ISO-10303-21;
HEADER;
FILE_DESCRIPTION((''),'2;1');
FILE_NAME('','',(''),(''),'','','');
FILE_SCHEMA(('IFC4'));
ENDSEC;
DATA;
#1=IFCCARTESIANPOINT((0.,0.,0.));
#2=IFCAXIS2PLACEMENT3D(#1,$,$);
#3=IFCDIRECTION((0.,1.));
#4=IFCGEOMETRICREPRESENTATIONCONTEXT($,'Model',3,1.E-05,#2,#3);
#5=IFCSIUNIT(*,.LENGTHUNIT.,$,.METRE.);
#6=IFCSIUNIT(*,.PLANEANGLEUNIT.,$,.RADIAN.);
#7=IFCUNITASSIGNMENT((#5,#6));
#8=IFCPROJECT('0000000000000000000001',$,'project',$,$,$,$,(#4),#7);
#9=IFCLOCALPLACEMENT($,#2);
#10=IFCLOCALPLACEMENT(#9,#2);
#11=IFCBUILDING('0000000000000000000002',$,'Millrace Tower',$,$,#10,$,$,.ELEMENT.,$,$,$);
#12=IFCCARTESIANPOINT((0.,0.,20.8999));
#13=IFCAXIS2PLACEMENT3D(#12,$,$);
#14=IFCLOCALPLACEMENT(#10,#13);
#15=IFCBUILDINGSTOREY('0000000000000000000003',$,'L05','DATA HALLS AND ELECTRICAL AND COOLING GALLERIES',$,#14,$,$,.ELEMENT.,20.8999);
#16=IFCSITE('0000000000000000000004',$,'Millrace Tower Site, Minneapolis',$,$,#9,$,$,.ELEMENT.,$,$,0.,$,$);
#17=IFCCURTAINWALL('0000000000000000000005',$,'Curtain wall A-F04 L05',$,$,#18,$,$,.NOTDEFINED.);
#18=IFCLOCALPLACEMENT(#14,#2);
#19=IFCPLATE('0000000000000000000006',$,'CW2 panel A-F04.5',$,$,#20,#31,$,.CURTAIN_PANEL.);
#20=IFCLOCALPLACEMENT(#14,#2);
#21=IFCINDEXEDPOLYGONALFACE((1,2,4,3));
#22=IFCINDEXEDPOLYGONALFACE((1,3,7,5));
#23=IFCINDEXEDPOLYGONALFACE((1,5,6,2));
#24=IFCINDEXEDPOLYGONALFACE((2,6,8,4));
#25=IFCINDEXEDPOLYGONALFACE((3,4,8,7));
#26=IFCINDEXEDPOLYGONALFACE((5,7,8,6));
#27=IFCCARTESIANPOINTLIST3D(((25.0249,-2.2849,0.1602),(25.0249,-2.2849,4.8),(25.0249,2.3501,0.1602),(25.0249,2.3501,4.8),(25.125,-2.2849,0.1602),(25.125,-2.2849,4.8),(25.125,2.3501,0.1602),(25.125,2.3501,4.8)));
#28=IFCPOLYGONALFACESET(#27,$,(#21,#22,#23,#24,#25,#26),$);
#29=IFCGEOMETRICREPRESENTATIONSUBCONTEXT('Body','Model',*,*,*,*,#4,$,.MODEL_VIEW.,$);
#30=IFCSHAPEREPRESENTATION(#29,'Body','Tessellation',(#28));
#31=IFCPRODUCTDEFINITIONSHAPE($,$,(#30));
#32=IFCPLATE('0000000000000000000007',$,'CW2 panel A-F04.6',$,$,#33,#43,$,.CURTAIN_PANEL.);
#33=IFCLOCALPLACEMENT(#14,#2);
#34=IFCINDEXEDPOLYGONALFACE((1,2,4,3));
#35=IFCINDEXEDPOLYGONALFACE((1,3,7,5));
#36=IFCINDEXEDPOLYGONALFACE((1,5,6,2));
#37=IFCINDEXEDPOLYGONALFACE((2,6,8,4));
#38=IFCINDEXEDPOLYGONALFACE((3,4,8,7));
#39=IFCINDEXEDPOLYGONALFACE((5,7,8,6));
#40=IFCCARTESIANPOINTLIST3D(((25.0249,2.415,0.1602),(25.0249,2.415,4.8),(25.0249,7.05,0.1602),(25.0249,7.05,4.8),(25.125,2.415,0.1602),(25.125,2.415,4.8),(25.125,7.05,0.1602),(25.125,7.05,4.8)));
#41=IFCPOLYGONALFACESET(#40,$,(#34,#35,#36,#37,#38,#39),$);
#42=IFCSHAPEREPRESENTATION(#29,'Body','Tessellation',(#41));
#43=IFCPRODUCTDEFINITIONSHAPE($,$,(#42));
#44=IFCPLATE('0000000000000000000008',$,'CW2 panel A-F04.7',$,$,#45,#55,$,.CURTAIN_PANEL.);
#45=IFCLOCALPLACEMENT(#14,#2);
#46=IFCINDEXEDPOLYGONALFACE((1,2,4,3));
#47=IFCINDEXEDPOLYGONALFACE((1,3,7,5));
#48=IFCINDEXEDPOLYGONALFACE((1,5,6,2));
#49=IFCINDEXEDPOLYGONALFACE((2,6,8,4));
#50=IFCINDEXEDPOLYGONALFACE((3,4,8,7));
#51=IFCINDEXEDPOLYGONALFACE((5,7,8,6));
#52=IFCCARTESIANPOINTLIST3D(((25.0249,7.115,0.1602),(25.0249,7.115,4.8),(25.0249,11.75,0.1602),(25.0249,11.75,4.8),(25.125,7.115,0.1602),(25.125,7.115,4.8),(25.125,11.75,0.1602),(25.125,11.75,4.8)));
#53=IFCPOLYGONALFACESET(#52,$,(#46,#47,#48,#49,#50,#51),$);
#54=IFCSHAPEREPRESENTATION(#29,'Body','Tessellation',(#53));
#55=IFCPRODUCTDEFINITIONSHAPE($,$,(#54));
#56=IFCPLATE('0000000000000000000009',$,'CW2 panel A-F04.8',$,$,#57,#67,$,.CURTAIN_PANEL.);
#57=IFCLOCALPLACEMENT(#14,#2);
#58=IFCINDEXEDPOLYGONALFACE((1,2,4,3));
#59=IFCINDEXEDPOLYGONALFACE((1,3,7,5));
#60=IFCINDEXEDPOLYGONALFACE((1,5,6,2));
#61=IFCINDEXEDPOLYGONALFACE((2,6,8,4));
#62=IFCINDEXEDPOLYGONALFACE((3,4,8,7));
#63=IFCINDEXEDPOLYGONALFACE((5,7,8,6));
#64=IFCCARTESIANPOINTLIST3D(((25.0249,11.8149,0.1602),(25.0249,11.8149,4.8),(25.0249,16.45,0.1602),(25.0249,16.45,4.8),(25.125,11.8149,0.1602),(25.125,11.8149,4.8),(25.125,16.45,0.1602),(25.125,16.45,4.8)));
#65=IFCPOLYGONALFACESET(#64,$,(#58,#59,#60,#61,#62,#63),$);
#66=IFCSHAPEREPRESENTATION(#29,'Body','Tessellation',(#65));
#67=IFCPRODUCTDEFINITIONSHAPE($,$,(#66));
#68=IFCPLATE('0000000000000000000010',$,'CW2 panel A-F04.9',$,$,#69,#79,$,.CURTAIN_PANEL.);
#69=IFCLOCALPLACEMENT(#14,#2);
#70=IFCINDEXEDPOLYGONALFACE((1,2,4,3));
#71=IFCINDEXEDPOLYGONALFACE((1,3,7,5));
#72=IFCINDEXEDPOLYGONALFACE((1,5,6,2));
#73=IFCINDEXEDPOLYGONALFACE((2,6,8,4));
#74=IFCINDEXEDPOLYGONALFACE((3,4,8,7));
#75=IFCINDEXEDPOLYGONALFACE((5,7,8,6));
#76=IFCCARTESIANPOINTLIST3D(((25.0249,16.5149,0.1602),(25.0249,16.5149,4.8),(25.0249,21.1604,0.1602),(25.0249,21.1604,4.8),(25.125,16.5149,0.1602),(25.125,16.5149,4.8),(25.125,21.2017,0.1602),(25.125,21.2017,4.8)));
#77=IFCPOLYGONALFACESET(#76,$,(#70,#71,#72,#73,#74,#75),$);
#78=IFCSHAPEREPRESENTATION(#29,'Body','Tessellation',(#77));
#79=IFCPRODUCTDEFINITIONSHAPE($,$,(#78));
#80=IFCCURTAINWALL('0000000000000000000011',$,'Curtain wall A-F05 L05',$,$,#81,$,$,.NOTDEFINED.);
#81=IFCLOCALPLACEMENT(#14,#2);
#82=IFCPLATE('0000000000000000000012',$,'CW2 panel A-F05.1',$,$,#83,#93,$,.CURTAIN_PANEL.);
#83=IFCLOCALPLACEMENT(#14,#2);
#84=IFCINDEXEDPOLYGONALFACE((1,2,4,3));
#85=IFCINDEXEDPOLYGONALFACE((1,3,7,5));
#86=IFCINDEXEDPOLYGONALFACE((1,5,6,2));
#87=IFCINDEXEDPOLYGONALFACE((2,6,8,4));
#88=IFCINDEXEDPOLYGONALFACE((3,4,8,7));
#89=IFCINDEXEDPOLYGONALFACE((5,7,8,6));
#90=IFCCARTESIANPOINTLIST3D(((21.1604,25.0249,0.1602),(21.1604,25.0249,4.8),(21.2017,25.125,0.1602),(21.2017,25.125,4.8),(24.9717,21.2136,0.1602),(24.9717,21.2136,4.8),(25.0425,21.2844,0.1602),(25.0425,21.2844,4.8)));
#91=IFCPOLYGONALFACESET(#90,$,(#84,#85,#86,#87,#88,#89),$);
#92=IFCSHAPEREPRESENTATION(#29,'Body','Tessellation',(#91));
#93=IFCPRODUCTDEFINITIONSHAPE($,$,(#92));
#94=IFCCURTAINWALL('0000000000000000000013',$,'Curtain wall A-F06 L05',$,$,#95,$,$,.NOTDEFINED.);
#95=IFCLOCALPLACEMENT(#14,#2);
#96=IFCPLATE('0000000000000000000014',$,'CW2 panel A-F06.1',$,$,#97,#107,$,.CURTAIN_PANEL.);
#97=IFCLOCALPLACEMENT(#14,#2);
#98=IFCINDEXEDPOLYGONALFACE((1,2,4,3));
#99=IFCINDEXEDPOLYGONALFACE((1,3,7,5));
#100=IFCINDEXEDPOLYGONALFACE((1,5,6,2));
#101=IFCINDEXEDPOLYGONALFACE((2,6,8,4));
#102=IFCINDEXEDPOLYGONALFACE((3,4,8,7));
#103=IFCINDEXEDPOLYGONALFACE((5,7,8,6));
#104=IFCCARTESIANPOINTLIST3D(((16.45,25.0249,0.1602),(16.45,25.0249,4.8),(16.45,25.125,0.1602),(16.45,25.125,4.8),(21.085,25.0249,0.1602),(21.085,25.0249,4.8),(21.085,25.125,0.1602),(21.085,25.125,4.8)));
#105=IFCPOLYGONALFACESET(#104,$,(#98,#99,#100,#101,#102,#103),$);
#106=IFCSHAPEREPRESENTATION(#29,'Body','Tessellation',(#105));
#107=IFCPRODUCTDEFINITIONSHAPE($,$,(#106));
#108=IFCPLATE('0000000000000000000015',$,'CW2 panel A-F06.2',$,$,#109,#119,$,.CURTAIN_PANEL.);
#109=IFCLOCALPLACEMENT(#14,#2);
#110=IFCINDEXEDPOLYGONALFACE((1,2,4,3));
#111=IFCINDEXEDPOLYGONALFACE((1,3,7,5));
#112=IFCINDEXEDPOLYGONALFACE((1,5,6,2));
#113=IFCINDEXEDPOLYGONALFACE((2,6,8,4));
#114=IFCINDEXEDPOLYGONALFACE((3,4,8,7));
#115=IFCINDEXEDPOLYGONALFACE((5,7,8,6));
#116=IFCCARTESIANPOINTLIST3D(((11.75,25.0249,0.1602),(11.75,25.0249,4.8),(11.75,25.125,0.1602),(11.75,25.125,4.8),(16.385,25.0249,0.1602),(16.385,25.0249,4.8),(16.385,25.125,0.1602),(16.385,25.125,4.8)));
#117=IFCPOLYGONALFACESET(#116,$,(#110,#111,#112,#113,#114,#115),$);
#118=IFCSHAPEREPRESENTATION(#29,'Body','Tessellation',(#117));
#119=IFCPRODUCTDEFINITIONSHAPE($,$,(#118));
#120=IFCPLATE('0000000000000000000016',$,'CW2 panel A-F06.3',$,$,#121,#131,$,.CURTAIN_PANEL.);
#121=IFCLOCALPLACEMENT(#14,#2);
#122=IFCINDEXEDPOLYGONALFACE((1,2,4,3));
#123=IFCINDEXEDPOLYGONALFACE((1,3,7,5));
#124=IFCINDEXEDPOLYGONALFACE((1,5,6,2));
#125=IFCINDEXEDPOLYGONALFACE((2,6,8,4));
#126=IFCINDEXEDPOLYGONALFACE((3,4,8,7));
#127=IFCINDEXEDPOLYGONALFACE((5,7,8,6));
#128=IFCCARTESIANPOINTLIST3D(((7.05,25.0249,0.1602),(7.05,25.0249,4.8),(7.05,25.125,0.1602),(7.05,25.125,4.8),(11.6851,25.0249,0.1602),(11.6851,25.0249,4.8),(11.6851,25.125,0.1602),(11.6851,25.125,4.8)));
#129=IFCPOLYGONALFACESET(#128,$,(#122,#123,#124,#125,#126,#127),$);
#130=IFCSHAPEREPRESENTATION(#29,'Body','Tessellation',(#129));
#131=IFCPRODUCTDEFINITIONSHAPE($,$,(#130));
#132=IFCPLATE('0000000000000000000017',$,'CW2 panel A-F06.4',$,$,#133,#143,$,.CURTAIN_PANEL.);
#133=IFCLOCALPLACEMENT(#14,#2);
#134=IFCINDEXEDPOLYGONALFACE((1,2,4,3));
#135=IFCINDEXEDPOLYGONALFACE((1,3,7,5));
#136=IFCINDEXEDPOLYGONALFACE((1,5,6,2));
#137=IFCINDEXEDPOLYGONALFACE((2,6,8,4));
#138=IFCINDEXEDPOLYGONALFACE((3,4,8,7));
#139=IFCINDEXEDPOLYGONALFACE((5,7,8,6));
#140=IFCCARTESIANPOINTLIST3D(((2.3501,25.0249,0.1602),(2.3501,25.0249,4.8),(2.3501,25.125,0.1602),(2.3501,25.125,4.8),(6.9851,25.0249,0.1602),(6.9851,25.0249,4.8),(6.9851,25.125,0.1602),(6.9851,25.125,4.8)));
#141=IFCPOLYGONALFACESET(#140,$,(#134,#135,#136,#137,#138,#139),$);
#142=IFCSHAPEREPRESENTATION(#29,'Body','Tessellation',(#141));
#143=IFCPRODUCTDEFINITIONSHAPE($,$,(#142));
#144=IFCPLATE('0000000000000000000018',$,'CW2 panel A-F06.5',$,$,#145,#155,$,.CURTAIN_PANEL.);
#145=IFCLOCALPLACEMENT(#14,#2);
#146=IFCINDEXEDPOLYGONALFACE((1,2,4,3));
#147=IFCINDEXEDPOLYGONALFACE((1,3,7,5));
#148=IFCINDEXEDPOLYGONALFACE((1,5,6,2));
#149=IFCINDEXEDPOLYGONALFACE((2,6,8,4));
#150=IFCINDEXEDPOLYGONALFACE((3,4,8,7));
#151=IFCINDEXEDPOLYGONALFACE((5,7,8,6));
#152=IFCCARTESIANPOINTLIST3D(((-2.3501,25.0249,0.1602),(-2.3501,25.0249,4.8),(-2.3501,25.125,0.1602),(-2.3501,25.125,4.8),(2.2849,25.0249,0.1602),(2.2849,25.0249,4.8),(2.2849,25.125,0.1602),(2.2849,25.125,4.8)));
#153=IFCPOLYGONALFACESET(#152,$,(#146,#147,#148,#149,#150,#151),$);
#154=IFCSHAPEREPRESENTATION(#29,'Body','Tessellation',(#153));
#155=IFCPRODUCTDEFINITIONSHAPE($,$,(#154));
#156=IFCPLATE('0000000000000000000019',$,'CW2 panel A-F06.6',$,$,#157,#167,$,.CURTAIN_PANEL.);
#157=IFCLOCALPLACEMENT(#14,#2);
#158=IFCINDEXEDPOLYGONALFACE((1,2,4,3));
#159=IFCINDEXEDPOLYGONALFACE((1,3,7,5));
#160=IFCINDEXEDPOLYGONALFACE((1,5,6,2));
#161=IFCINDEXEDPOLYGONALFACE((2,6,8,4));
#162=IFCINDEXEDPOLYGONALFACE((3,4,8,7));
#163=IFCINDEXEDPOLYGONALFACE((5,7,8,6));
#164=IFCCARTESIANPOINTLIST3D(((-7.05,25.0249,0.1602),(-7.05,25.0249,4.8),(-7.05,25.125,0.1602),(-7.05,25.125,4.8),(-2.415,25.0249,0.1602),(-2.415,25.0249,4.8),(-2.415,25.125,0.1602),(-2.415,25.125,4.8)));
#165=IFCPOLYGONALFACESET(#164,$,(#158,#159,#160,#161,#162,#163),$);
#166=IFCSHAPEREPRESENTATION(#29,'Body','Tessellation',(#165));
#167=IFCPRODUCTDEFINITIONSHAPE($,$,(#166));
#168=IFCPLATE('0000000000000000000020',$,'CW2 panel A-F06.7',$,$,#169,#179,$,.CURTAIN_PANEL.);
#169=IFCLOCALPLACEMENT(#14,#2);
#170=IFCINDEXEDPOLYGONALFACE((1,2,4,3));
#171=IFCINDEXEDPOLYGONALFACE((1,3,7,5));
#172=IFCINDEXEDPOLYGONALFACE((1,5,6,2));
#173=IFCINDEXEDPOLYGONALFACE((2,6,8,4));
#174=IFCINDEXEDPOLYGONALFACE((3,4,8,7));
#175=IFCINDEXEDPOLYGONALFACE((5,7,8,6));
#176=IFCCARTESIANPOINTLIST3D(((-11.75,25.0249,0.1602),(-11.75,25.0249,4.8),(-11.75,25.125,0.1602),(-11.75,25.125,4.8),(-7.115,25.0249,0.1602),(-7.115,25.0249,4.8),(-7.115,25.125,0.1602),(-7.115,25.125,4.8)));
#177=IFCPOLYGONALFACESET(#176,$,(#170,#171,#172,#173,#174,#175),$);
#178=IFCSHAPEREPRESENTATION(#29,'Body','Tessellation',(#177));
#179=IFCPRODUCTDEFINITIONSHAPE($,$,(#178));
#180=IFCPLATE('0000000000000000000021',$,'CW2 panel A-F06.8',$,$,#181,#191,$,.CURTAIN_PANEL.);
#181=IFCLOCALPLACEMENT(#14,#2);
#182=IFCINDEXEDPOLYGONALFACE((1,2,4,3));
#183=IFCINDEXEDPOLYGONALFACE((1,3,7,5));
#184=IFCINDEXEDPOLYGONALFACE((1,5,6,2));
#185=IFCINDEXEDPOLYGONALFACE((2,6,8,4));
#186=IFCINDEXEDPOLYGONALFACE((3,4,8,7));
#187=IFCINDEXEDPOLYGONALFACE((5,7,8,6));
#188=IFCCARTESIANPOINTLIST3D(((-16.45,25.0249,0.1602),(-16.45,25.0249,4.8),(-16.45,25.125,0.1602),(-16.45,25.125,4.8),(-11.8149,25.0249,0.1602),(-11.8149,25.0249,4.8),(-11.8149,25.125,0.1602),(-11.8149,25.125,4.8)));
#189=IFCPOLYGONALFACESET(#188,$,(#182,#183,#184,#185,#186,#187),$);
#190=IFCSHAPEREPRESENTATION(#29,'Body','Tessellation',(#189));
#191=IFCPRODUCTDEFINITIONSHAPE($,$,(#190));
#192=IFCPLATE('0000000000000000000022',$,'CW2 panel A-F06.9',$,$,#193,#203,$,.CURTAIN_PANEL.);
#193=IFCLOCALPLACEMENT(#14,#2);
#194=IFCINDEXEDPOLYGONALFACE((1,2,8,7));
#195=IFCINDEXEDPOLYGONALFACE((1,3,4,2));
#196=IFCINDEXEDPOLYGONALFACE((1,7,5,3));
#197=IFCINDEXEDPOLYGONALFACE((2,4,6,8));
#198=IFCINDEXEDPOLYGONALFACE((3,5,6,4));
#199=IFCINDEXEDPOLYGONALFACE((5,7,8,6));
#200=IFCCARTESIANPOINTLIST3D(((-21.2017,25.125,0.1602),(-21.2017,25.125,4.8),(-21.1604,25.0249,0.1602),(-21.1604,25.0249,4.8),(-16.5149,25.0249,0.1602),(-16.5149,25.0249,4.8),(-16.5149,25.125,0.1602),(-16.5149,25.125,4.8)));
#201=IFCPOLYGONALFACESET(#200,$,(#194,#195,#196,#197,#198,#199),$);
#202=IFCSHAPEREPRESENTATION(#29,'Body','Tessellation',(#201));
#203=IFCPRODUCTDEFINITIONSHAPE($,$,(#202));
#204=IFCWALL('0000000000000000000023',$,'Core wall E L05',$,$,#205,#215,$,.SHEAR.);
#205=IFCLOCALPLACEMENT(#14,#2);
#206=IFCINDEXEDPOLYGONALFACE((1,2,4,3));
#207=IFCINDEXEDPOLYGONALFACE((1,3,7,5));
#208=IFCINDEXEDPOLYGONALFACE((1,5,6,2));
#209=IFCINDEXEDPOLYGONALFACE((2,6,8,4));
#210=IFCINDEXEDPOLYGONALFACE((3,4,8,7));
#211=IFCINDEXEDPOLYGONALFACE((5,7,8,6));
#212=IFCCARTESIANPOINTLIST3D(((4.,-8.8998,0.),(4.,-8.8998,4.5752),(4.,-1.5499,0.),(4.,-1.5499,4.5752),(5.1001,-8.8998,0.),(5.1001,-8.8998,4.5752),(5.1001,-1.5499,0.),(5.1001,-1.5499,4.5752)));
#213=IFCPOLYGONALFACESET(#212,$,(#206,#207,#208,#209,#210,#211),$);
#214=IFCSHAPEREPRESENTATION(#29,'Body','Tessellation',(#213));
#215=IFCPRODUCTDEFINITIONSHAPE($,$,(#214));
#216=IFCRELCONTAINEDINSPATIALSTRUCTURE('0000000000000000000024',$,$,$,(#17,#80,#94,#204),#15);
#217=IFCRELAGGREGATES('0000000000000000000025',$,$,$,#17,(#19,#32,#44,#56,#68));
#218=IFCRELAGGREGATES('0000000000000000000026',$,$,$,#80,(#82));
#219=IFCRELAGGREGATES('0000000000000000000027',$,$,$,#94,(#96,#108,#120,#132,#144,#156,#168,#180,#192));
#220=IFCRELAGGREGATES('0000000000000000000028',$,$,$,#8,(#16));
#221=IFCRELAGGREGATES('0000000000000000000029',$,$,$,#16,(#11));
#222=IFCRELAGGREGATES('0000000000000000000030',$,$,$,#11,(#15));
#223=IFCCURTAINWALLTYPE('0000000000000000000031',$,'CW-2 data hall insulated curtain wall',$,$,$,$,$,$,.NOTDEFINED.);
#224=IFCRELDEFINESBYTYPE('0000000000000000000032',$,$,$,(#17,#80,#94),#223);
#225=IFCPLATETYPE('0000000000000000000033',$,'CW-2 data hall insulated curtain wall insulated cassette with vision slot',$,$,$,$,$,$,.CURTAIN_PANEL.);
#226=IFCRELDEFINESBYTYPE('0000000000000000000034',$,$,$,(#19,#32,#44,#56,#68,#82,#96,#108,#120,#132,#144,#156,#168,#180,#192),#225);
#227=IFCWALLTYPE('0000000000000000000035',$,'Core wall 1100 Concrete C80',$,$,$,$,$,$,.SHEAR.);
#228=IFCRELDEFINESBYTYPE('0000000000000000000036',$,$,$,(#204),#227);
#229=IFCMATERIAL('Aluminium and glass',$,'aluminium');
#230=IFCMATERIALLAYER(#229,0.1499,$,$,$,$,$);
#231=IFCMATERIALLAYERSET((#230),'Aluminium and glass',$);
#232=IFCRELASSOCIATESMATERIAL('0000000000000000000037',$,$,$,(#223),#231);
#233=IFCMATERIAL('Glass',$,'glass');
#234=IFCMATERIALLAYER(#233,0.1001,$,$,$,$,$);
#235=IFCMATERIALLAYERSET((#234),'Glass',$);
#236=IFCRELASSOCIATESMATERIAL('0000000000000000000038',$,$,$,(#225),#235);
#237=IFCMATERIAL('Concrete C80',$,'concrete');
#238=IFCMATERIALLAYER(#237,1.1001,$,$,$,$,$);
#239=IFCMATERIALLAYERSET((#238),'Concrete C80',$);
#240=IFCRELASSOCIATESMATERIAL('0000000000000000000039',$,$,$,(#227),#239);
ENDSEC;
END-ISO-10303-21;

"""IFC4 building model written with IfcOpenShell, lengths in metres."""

from ifc_helpers import new_model, si_unit, direction, frame, frame_2d, origin, place, context, subcontext, project, spatial, polyline, rectangle, outline, extrude, material, layer, layer_set, type_object, element, aggregate, save


model = new_model("IFC4")

# Units and contexts
model_context = context("Model", 3, precision=1e-05, world=origin(), true_north=direction((0.0, 1.0)))
body_context = subcontext(model_context, "Body", "Model", "MODEL_VIEW")
ifc_project = project(units=[si_unit("LENGTHUNIT", "METRE"), si_unit("PLANEANGLEUNIT", "RADIAN")], contexts=[model_context])

# Site, building, storey
site_placement = place(None, origin())
site = spatial("IfcSite", under=ifc_project, at=site_placement, Name="Millrace Tower Site, Minneapolis", CompositionType="ELEMENT", RefElevation=0.0)
building_placement = place(site_placement, origin())
building = spatial("IfcBuilding", under=site, at=building_placement, Name="Millrace Tower", CompositionType="ELEMENT")
storey_placement = place(building_placement, frame((0.0, 0.0, 20.8999)))
storey = spatial("IfcBuildingStorey", under=building, at=storey_placement, Name="L05", Description="DATA HALLS AND ELECTRICAL AND COOLING GALLERIES", CompositionType="ELEMENT", Elevation=20.8999)

# Curtain wall, plates
ifc_material_1 = material(Name="Aluminium and glass", Category="aluminium")
ifc_layer_1 = layer(ifc_material_1, 0.1499)
ifc_layer_set_1 = layer_set([ifc_layer_1], Name="Aluminium and glass")
curtain_wall_type = type_object("IfcCurtainWallType", Name="CW-2 data hall insulated curtain wall", PredefinedType="NOTDEFINED", material=ifc_layer_set_1)
placement_1 = place(storey_placement, origin())
curtain_wall_1 = element("IfcCurtainWall", 1, at=placement_1, inside=storey, type_object=curtain_wall_type, Name="Curtain wall A-F04 L05", PredefinedType="NOTDEFINED")
ifc_material_2 = material(Name="Glass", Category="glass")
ifc_layer_2 = layer(ifc_material_2, 0.1001)
ifc_layer_set_2 = layer_set([ifc_layer_2], Name="Glass")
plate_type = type_object("IfcPlateType", Name="CW-2 data hall insulated curtain wall insulated cassette with vision slot", PredefinedType="CURTAIN_PANEL", material=ifc_layer_set_2)
placement_2 = place(storey_placement, frame((0.0, 0.0, 0.1602)))
plate_1 = element("IfcPlate", 2, at=placement_2, type_object=plate_type, Name="CW2 panel A-F04.5", PredefinedType="CURTAIN_PANEL", context=body_context, shape_type="SweptSolid", body=[
    extrude(outline(polyline([(25.125, -2.2849), (25.125, 2.3501), (25.0249, 2.3501), (25.0249, -2.2849), (25.125, -2.2849)])), origin(), (0.0, 0.0, 1.0), 4.6399),
])
plate_2 = element("IfcPlate", 3, at=placement_2, type_object=plate_type, Name="CW2 panel A-F04.6", PredefinedType="CURTAIN_PANEL", context=body_context, shape_type="SweptSolid", body=[
    extrude(outline(polyline([(25.125, 2.415), (25.125, 7.05), (25.0249, 7.05), (25.0249, 2.415), (25.125, 2.415)])), origin(), (0.0, 0.0, 1.0), 4.6399),
])
plate_3 = element("IfcPlate", 4, at=placement_2, type_object=plate_type, Name="CW2 panel A-F04.7", PredefinedType="CURTAIN_PANEL", context=body_context, shape_type="SweptSolid", body=[
    extrude(outline(polyline([(25.125, 7.115), (25.125, 11.75), (25.0249, 11.75), (25.0249, 7.115), (25.125, 7.115)])), origin(), (0.0, 0.0, 1.0), 4.6399),
])
plate_4 = element("IfcPlate", 5, at=placement_2, type_object=plate_type, Name="CW2 panel A-F04.8", PredefinedType="CURTAIN_PANEL", context=body_context, shape_type="SweptSolid", body=[
    extrude(outline(polyline([(25.125, 11.8149), (25.125, 16.45), (25.0249, 16.45), (25.0249, 11.8149), (25.125, 11.8149)])), origin(), (0.0, 0.0, 1.0), 4.6399),
])
plate_5 = element("IfcPlate", 6, at=placement_2, type_object=plate_type, Name="CW2 panel A-F04.9", PredefinedType="CURTAIN_PANEL", context=body_context, shape_type="SweptSolid", body=[
    extrude(outline(polyline([(25.125, 16.5149), (25.125, 21.2017), (25.0249, 21.1604), (25.0249, 16.5149), (25.125, 16.5149)])), origin(), (0.0, 0.0, 1.0), 4.6399),
])
aggregate(curtain_wall_1, [plate_1, plate_2, plate_3, plate_4, plate_5])

# Curtain wall, plate
curtain_wall_2 = element("IfcCurtainWall", 7, at=placement_1, inside=storey, type_object=curtain_wall_type, Name="Curtain wall A-F05 L05", PredefinedType="NOTDEFINED")
plate_6 = element("IfcPlate", 8, at=placement_2, type_object=plate_type, Name="CW2 panel A-F05.1", PredefinedType="CURTAIN_PANEL", context=body_context, shape_type="SweptSolid", body=[
    extrude(outline(polyline([(25.0425, 21.2844), (21.2017, 25.125), (21.1604, 25.0249), (24.9717, 21.2136), (25.0425, 21.2844)])), origin(), (0.0, 0.0, 1.0), 4.6399),
])
aggregate(curtain_wall_2, [plate_6])

# Curtain wall, plates
curtain_wall_3 = element("IfcCurtainWall", 9, at=placement_1, inside=storey, type_object=curtain_wall_type, Name="Curtain wall A-F06 L05", PredefinedType="NOTDEFINED")
plate_7 = element("IfcPlate", 10, at=placement_2, type_object=plate_type, Name="CW2 panel A-F06.1", PredefinedType="CURTAIN_PANEL", context=body_context, shape_type="SweptSolid", body=[
    extrude(outline(polyline([(21.085, 25.125), (16.45, 25.125), (16.45, 25.0249), (21.085, 25.0249), (21.085, 25.125)])), origin(), (0.0, 0.0, 1.0), 4.6399),
])
plate_8 = element("IfcPlate", 11, at=placement_2, type_object=plate_type, Name="CW2 panel A-F06.2", PredefinedType="CURTAIN_PANEL", context=body_context, shape_type="SweptSolid", body=[
    extrude(outline(polyline([(16.385, 25.125), (11.75, 25.125), (11.75, 25.0249), (16.385, 25.0249), (16.385, 25.125)])), origin(), (0.0, 0.0, 1.0), 4.6399),
])
plate_9 = element("IfcPlate", 12, at=placement_2, type_object=plate_type, Name="CW2 panel A-F06.3", PredefinedType="CURTAIN_PANEL", context=body_context, shape_type="SweptSolid", body=[
    extrude(outline(polyline([(11.6851, 25.125), (7.05, 25.125), (7.05, 25.0249), (11.6851, 25.0249), (11.6851, 25.125)])), origin(), (0.0, 0.0, 1.0), 4.6399),
])
plate_10 = element("IfcPlate", 13, at=placement_2, type_object=plate_type, Name="CW2 panel A-F06.4", PredefinedType="CURTAIN_PANEL", context=body_context, shape_type="SweptSolid", body=[
    extrude(outline(polyline([(6.9851, 25.125), (2.3501, 25.125), (2.3501, 25.0249), (6.9851, 25.0249), (6.9851, 25.125)])), origin(), (0.0, 0.0, 1.0), 4.6399),
])
plate_11 = element("IfcPlate", 14, at=placement_2, type_object=plate_type, Name="CW2 panel A-F06.5", PredefinedType="CURTAIN_PANEL", context=body_context, shape_type="SweptSolid", body=[
    extrude(outline(polyline([(2.2849, 25.125), (-2.3501, 25.125), (-2.3501, 25.0249), (2.2849, 25.0249), (2.2849, 25.125)])), origin(), (0.0, 0.0, 1.0), 4.6399),
])
plate_12 = element("IfcPlate", 15, at=placement_2, type_object=plate_type, Name="CW2 panel A-F06.6", PredefinedType="CURTAIN_PANEL", context=body_context, shape_type="SweptSolid", body=[
    extrude(outline(polyline([(-2.415, 25.125), (-7.05, 25.125), (-7.05, 25.0249), (-2.415, 25.0249), (-2.415, 25.125)])), origin(), (0.0, 0.0, 1.0), 4.6399),
])
plate_13 = element("IfcPlate", 16, at=placement_2, type_object=plate_type, Name="CW2 panel A-F06.7", PredefinedType="CURTAIN_PANEL", context=body_context, shape_type="SweptSolid", body=[
    extrude(outline(polyline([(-7.115, 25.125), (-11.75, 25.125), (-11.75, 25.0249), (-7.115, 25.0249), (-7.115, 25.125)])), origin(), (0.0, 0.0, 1.0), 4.6399),
])
plate_14 = element("IfcPlate", 17, at=placement_2, type_object=plate_type, Name="CW2 panel A-F06.8", PredefinedType="CURTAIN_PANEL", context=body_context, shape_type="SweptSolid", body=[
    extrude(outline(polyline([(-11.8149, 25.125), (-16.45, 25.125), (-16.45, 25.0249), (-11.8149, 25.0249), (-11.8149, 25.125)])), origin(), (0.0, 0.0, 1.0), 4.6399),
])
plate_15 = element("IfcPlate", 18, at=placement_2, type_object=plate_type, Name="CW2 panel A-F06.9", PredefinedType="CURTAIN_PANEL", context=body_context, shape_type="SweptSolid", body=[
    extrude(outline(polyline([(-16.5149, 25.125), (-21.2017, 25.125), (-21.1604, 25.0249), (-16.5149, 25.0249), (-16.5149, 25.125)])), origin(), (0.0, 0.0, 1.0), 4.6399),
])
aggregate(curtain_wall_3, [plate_7, plate_8, plate_9, plate_10, plate_11, plate_12, plate_13, plate_14, plate_15])

# Wall
ifc_material_3 = material(Name="Concrete C80", Category="concrete")
ifc_layer_3 = layer(ifc_material_3, 1.1001)
ifc_layer_set_3 = layer_set([ifc_layer_3], Name="Concrete C80")
wall_type_1 = type_object("IfcWallType", Name="Core wall 1100 Concrete C80", PredefinedType="SHEAR", material=ifc_layer_set_3)
wall_1_placement = place(storey_placement, frame((4.55, -1.55, 0.0), z_axis=(0.0, 0.0, 1.0), x_axis=(0.0, -1.0, 0.0)))
element("IfcWall", 19, at=wall_1_placement, inside=storey, type_object=wall_type_1, Name="Core wall E L05", PredefinedType="SHEAR", context=body_context, shape_type="SweptSolid", body=[
    extrude(rectangle(XDim=7.3499, YDim=1.1001, at=frame_2d((3.6748, 0.0))), origin(), (0.0, 0.0, 1.0), 4.5752),
])

save(model, "model.ifc")
